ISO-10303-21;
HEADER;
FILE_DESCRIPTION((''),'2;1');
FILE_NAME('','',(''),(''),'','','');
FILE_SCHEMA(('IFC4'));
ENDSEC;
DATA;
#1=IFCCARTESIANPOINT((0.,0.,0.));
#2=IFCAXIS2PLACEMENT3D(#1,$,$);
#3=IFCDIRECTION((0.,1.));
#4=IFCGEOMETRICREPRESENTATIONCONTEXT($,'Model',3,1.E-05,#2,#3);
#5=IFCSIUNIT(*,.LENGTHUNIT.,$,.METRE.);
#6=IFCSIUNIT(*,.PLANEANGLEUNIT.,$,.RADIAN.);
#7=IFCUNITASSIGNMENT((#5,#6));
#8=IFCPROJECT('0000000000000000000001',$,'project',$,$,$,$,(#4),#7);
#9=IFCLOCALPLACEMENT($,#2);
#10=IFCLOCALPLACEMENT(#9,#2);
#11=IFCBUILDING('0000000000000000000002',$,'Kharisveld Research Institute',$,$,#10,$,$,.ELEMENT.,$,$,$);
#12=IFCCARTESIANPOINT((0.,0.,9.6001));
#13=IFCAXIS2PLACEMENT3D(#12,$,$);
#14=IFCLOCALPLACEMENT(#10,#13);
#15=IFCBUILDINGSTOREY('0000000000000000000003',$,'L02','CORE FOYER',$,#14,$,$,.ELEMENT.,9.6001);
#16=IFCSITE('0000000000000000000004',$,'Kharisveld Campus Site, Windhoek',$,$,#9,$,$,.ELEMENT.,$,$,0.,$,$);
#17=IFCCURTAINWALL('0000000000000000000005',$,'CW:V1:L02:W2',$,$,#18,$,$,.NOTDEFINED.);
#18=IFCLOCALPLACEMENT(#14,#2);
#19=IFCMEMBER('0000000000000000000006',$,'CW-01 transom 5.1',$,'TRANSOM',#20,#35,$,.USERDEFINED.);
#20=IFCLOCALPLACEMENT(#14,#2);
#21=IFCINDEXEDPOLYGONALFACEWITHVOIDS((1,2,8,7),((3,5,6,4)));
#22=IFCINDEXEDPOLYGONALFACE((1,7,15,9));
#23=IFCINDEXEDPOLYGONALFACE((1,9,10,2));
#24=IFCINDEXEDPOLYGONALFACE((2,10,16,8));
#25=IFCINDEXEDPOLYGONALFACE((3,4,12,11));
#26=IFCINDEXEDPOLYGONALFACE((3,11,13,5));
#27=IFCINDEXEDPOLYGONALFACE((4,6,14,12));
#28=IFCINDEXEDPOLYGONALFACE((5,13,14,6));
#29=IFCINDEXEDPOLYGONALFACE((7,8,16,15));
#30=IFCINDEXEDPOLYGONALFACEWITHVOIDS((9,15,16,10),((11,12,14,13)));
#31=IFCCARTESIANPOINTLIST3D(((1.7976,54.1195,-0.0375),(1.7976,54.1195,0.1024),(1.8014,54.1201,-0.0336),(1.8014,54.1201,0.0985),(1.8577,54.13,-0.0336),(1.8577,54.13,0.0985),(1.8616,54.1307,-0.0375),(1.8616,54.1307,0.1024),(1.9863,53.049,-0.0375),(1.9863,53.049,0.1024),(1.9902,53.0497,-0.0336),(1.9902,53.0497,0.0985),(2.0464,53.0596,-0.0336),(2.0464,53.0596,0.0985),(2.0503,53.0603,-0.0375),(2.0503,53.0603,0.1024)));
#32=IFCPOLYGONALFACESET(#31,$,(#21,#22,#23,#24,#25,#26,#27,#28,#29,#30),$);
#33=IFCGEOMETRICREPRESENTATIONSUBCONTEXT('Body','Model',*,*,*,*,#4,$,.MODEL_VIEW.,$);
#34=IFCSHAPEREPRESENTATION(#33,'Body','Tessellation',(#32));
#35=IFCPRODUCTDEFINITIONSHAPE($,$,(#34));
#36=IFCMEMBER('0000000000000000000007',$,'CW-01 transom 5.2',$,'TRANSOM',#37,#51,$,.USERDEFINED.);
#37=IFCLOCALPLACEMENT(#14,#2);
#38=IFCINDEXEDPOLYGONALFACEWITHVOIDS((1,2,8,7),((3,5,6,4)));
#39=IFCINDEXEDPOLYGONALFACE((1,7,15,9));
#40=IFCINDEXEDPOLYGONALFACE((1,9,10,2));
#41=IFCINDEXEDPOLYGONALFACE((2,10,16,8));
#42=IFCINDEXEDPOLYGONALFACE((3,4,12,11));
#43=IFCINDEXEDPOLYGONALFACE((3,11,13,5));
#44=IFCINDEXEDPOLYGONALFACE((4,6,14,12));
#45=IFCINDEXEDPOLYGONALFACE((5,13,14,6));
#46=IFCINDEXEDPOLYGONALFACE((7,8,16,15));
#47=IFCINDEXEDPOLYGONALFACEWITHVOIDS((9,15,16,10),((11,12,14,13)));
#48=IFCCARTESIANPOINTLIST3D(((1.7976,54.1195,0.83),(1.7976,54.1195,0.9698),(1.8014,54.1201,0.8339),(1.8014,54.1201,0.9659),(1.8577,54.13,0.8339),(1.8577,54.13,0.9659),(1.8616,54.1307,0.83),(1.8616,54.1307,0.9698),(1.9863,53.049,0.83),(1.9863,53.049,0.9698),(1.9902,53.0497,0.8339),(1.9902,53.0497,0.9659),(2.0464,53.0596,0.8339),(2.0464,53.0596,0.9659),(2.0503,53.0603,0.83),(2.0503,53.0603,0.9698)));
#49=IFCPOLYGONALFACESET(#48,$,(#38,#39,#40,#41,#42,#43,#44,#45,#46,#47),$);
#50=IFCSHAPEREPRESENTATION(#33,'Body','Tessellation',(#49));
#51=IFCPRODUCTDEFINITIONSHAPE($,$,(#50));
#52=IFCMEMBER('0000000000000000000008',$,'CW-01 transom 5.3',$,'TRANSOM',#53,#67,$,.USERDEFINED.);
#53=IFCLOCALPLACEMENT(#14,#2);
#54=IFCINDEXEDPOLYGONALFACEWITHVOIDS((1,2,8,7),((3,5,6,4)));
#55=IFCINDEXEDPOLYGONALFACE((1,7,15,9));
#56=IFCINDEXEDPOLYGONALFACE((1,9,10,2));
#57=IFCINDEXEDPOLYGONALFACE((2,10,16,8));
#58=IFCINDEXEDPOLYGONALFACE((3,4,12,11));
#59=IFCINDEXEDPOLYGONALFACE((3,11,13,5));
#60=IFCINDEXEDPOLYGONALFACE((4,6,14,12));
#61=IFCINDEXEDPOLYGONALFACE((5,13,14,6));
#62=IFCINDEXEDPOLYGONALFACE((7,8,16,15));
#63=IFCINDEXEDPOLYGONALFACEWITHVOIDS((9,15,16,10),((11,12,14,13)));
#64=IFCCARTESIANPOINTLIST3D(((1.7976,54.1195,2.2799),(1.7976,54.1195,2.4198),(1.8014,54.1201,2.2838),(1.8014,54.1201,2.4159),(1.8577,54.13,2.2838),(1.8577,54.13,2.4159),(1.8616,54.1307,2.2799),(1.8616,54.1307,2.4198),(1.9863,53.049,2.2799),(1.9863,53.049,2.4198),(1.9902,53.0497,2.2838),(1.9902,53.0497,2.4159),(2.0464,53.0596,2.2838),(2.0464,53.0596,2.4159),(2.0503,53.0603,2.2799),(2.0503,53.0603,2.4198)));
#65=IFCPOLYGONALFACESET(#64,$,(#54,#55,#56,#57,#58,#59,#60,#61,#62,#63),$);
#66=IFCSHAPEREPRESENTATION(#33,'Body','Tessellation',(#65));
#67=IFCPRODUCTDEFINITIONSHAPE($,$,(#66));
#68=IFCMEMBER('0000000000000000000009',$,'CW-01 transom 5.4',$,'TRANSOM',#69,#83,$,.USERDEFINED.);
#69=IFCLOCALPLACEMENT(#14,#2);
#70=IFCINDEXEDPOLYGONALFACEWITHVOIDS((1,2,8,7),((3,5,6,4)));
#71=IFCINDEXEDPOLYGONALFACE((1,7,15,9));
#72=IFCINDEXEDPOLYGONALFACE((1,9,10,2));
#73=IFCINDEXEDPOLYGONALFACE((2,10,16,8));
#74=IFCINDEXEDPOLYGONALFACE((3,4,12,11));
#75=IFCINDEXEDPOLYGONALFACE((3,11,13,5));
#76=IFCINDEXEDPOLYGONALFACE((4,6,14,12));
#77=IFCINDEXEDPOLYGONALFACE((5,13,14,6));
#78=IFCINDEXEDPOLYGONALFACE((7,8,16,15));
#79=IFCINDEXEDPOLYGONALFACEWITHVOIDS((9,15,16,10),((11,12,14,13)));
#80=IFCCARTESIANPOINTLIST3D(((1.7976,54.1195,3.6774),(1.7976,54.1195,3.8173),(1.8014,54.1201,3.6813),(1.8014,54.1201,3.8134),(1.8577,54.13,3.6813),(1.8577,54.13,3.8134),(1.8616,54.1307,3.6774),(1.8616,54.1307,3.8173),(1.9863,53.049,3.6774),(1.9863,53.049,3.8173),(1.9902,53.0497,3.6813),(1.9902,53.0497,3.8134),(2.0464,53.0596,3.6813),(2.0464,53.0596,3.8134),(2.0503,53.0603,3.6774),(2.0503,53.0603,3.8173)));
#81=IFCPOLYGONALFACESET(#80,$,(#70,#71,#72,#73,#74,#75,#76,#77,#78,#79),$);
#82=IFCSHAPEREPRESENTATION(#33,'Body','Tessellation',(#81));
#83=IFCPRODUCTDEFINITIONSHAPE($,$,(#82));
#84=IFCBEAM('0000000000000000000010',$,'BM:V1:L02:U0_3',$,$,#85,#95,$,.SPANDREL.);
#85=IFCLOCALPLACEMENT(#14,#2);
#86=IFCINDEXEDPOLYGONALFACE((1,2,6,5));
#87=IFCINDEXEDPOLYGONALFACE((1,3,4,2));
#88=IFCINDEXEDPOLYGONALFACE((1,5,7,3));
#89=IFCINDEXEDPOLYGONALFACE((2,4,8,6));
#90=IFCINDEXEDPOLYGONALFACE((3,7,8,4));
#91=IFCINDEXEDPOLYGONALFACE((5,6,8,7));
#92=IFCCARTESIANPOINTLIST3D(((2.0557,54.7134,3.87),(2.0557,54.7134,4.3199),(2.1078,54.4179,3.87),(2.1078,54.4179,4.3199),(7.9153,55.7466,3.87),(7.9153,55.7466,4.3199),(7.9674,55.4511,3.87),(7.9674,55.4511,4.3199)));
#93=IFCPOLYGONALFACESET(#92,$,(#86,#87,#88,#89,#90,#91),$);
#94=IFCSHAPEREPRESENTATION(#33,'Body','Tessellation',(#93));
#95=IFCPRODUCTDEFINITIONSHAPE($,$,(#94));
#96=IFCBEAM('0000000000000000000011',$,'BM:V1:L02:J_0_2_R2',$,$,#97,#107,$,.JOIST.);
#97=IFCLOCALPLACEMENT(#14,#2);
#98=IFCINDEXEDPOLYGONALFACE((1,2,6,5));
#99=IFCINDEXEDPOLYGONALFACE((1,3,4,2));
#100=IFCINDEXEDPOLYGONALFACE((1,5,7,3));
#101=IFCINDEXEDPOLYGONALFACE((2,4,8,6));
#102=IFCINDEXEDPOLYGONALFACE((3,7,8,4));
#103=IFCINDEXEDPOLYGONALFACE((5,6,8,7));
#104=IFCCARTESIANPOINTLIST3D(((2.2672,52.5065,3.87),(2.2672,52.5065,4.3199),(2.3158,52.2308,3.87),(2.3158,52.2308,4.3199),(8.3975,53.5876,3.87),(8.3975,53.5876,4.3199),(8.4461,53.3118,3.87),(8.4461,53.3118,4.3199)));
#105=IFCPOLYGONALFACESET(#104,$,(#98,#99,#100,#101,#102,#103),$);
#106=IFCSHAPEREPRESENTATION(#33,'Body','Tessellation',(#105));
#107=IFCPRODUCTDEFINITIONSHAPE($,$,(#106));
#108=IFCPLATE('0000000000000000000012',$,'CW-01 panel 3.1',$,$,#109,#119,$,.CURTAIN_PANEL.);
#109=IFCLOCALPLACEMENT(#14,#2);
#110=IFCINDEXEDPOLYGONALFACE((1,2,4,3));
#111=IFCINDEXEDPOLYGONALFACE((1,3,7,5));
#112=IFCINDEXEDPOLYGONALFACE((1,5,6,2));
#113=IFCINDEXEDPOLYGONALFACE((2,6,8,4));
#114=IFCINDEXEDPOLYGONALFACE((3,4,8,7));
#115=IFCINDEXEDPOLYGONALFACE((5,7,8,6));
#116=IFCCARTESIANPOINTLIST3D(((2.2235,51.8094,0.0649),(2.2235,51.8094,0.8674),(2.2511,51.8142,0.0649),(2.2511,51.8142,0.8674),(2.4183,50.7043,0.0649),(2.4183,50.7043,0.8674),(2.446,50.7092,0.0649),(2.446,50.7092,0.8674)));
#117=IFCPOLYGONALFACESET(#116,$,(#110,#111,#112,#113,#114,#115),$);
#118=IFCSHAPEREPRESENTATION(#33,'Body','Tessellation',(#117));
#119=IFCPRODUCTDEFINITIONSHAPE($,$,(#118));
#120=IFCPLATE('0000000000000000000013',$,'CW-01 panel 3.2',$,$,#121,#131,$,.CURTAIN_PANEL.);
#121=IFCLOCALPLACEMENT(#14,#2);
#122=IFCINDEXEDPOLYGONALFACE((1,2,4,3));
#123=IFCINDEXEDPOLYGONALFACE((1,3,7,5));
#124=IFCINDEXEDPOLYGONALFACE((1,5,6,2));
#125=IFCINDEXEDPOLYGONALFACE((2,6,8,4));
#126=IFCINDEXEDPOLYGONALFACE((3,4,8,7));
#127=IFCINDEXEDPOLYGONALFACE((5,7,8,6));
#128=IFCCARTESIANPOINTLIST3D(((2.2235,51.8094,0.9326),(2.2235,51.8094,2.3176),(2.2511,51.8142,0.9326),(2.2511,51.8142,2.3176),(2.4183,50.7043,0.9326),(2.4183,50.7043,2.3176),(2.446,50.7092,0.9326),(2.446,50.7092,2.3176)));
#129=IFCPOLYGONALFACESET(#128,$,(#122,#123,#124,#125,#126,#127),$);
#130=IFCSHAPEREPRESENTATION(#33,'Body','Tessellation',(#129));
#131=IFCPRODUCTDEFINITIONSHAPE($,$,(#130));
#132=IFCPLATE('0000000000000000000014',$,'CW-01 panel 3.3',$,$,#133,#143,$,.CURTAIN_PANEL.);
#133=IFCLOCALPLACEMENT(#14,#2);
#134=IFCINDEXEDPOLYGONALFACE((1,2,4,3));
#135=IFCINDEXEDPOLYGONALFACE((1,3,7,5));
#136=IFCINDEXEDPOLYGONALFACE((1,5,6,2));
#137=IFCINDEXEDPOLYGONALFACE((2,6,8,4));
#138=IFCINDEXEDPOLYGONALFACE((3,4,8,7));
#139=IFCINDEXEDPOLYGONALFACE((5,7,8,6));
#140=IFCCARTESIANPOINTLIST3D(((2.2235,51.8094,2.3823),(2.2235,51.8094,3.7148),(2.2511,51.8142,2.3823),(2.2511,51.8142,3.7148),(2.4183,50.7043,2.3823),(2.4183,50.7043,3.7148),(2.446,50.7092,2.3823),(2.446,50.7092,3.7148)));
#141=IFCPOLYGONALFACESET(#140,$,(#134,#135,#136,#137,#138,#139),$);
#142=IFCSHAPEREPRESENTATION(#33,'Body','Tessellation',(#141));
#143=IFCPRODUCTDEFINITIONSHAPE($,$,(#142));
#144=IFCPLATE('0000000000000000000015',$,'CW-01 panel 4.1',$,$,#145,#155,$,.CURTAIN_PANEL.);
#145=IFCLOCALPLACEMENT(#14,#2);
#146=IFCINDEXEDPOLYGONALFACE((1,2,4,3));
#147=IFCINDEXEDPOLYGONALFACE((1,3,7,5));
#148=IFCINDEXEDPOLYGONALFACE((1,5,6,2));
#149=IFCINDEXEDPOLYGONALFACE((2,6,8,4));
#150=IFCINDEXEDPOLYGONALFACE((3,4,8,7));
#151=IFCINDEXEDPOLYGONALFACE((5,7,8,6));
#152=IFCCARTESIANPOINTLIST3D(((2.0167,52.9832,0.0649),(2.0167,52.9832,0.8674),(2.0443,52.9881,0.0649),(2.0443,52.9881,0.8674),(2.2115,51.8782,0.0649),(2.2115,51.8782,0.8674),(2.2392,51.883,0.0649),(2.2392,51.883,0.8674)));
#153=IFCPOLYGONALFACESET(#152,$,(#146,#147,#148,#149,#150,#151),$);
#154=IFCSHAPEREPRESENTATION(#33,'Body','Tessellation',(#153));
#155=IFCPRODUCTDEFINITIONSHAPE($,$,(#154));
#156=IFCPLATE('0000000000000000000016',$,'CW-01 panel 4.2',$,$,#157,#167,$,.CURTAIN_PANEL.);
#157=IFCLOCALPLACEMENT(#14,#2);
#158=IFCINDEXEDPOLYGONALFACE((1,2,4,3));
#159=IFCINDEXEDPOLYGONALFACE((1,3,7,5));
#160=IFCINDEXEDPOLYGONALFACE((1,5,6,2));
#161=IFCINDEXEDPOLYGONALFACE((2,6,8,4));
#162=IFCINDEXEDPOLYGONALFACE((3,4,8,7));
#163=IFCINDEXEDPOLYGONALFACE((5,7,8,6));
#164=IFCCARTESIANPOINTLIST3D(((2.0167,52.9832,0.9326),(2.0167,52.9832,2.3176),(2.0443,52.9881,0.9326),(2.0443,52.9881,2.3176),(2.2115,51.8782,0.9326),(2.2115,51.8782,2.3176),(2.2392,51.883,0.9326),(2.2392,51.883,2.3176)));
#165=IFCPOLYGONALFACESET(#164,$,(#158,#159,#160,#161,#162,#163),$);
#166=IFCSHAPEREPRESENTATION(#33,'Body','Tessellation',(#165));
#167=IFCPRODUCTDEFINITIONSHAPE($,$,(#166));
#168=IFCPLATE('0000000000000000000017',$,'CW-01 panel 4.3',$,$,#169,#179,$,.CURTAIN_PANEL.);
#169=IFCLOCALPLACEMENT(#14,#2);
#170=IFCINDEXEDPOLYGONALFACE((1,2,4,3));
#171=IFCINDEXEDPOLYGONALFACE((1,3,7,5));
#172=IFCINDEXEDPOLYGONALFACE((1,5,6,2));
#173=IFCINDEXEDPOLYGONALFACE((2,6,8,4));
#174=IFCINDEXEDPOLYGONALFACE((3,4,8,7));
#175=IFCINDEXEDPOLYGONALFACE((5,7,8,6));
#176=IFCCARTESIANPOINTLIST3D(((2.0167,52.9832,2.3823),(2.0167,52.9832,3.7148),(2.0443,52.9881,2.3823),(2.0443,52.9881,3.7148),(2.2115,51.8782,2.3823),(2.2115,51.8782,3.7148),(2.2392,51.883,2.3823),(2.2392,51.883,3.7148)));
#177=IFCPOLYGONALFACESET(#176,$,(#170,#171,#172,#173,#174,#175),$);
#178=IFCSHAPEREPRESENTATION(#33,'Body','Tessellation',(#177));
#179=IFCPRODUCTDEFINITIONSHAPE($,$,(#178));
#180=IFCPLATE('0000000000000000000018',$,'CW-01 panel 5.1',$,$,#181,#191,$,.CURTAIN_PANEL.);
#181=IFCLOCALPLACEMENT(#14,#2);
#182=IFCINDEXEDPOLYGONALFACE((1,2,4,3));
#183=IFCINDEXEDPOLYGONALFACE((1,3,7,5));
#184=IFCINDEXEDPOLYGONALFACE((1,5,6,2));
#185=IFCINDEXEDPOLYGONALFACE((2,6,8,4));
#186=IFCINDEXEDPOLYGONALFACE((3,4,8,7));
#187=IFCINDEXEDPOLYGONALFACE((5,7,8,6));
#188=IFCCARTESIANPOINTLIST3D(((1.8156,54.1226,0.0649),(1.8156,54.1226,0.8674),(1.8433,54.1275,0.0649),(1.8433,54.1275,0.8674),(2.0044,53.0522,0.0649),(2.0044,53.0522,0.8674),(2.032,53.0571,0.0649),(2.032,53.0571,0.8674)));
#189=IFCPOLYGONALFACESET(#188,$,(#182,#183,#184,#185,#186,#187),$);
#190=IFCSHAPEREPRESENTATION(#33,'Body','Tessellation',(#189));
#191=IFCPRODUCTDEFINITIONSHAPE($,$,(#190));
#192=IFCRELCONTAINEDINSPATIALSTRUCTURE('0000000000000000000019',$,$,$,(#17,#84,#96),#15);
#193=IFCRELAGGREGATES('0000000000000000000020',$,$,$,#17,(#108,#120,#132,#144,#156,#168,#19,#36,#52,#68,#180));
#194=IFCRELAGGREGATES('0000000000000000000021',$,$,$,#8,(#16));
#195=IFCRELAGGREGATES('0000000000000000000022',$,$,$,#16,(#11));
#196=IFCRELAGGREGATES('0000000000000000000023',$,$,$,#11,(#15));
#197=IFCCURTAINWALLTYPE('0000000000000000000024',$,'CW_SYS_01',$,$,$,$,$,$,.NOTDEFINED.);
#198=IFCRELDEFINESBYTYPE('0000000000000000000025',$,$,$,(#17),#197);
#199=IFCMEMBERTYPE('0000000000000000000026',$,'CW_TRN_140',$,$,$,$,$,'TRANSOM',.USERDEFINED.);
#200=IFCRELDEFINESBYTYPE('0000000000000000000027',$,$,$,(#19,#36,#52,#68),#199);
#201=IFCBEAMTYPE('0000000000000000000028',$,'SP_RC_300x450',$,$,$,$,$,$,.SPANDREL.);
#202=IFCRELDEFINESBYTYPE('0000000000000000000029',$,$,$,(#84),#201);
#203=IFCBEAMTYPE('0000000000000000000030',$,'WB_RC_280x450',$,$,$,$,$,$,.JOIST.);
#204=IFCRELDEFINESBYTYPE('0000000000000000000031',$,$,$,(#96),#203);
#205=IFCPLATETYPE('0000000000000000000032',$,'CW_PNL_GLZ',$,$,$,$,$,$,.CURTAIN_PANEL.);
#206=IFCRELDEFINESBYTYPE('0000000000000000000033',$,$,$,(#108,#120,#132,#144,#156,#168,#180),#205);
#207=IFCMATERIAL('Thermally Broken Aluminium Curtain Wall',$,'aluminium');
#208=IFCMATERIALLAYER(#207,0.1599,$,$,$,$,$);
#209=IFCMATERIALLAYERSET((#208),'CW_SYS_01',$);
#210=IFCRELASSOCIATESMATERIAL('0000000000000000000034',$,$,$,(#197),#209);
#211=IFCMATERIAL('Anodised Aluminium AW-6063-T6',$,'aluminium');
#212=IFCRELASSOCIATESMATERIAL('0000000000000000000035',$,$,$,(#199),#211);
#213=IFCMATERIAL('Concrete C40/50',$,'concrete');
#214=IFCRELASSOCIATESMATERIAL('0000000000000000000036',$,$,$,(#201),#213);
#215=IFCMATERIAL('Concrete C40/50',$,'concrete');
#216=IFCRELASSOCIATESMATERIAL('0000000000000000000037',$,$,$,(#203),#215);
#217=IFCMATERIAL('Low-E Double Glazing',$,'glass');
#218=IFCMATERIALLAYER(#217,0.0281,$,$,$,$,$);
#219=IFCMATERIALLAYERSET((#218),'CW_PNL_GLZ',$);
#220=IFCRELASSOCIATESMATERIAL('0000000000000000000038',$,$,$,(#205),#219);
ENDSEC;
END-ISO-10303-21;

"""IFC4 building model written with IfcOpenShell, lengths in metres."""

from ifc_helpers import new_model, si_unit, direction, frame, origin, origin_2d, place, context, subcontext, project, spatial, rectangle, hollow_rectangle, extrude, material, layer, layer_set, material_profile, profile_set, type_object, element, aggregate, save


model = new_model("IFC4")

# Units and contexts
model_context = context("Model", 3, precision=1e-05, world=origin(), true_north=direction((0.0, 1.0)))
body_context = subcontext(model_context, "Body", "Model", "MODEL_VIEW")
ifc_project = project(units=[si_unit("LENGTHUNIT", "METRE"), si_unit("PLANEANGLEUNIT", "RADIAN")], contexts=[model_context])

# Site, building, storey
site_placement = place(None, origin())
site = spatial("IfcSite", under=ifc_project, at=site_placement, Name="Kharisveld Campus Site, Windhoek", CompositionType="ELEMENT", RefElevation=0.0)
building_placement = place(site_placement, origin())
building = spatial("IfcBuilding", under=site, at=building_placement, Name="Kharisveld Research Institute", CompositionType="ELEMENT")
storey_placement = place(building_placement, frame((0.0, 0.0, 9.6001)))
storey = spatial("IfcBuildingStorey", under=building, at=storey_placement, Name="L02", Description="CORE FOYER", CompositionType="ELEMENT", Elevation=9.6001)

# Curtain wall, members
ifc_material_1 = material(Name="Thermally Broken Aluminium Curtain Wall", Category="aluminium")
ifc_layer_1 = layer(ifc_material_1, 0.1599)
ifc_layer_set_1 = layer_set([ifc_layer_1], Name="CW_SYS_01")
curtain_wall_type = type_object("IfcCurtainWallType", Name="CW_SYS_01", PredefinedType="NOTDEFINED", material=ifc_layer_set_1)
curtain_wall_placement = place(storey_placement, origin())
curtain_wall = element("IfcCurtainWall", 1, at=curtain_wall_placement, inside=storey, type_object=curtain_wall_type, Name="CW:V1:L02:W2", PredefinedType="NOTDEFINED")
ifc_material_2 = material(Name="Anodised Aluminium AW-6063-T6", Category="aluminium")
ifc_material_profile_1 = material_profile(ifc_material_2, hollow_rectangle(XDim=0.0649, YDim=0.1399, WallThickness=0.0039, at=origin_2d()))
ifc_profile_set_1 = profile_set([ifc_material_profile_1], Name="Anodised Aluminium AW-6063-T6")
member_type_1 = type_object("IfcMemberType", Name="CW_TRN_140", ElementType="TRANSOM", PredefinedType="USERDEFINED", material=ifc_profile_set_1)
member_1_placement = place(storey_placement, frame((2.0183, 53.0547, 0.0325), z_axis=(-0.173644, 0.984808, 0.0), x_axis=(-0.984808, -0.173644, 0.0)))
member_1 = element("IfcMember", 2, at=member_1_placement, type_object=member_type_1, Name="CW-01 transom 5.1", ObjectType="TRANSOM", PredefinedType="USERDEFINED", context=body_context, shape_type="SweptSolid", body=[
    extrude(hollow_rectangle(XDim=0.0649, YDim=0.1399, WallThickness=0.0039, at=origin_2d()), origin(), (0.0, 0.0, 1.0), 1.0869),
])
member_2_placement = place(storey_placement, frame((2.0183, 53.0547, 0.8999), z_axis=(-0.173644, 0.984808, 0.0), x_axis=(-0.984808, -0.173644, 0.0)))
member_2 = element("IfcMember", 3, at=member_2_placement, type_object=member_type_1, Name="CW-01 transom 5.2", ObjectType="TRANSOM", PredefinedType="USERDEFINED", context=body_context, shape_type="SweptSolid", body=[
    extrude(hollow_rectangle(XDim=0.0649, YDim=0.1399, WallThickness=0.0039, at=origin_2d()), origin(), (0.0, 0.0, 1.0), 1.0869),
])
member_3_placement = place(storey_placement, frame((2.0183, 53.0547, 2.3499), z_axis=(-0.173644, 0.984808, 0.0), x_axis=(-0.984808, -0.173644, 0.0)))
member_3 = element("IfcMember", 4, at=member_3_placement, type_object=member_type_1, Name="CW-01 transom 5.3", ObjectType="TRANSOM", PredefinedType="USERDEFINED", context=body_context, shape_type="SweptSolid", body=[
    extrude(hollow_rectangle(XDim=0.0649, YDim=0.1399, WallThickness=0.0039, at=origin_2d()), origin(), (0.0, 0.0, 1.0), 1.0869),
])
member_4_placement = place(storey_placement, frame((2.0183, 53.0547, 3.7473), z_axis=(-0.173644, 0.984808, 0.0), x_axis=(-0.984808, -0.173644, 0.0)))
member_4 = element("IfcMember", 5, at=member_4_placement, type_object=member_type_1, Name="CW-01 transom 5.4", ObjectType="TRANSOM", PredefinedType="USERDEFINED", context=body_context, shape_type="SweptSolid", body=[
    extrude(hollow_rectangle(XDim=0.0649, YDim=0.1399, WallThickness=0.0039, at=origin_2d()), origin(), (0.0, 0.0, 1.0), 1.0869),
])

# Beams
ifc_material_3 = material(Name="Concrete C40/50", Category="concrete")
ifc_material_profile_2 = material_profile(ifc_material_3, rectangle(XDim=0.3, YDim=0.45, at=origin_2d()))
ifc_profile_set_2 = profile_set([ifc_material_profile_2], Name="Concrete C40/50")
beam_type_1 = type_object("IfcBeamType", Name="SP_RC_300x450", PredefinedType="SPANDREL", material=ifc_profile_set_2)
beam_1_placement = place(storey_placement, frame((2.0818, 54.5657, 4.095), z_axis=(0.984808, 0.173647, 0.0), x_axis=(-0.173647, 0.984808, 0.0)))
element("IfcBeam", 6, at=beam_1_placement, inside=storey, type_object=beam_type_1, Name="BM:V1:L02:U0_3", PredefinedType="SPANDREL", context=body_context, shape_type="SweptSolid", body=[
    extrude(rectangle(XDim=0.3, YDim=0.45, at=origin_2d()), origin(), (0.0, 0.0, 1.0), 5.95),
])
ifc_material_4 = material(Name="Concrete C40/50", Category="concrete")
ifc_material_profile_3 = material_profile(ifc_material_4, rectangle(XDim=0.28, YDim=0.45, at=origin_2d()))
ifc_profile_set_3 = profile_set([ifc_material_profile_3], Name="Concrete C40/50")
beam_type_2 = type_object("IfcBeamType", Name="WB_RC_280x450", PredefinedType="JOIST", material=ifc_profile_set_3)
beam_2_placement = place(storey_placement, frame((2.2915, 52.3687, 4.095), z_axis=(0.984805, 0.173665, 0.0), x_axis=(-0.173665, 0.984805, 0.0)))
element("IfcBeam", 7, at=beam_2_placement, inside=storey, type_object=beam_type_2, Name="BM:V1:L02:J_0_2_R2", PredefinedType="JOIST", context=body_context, shape_type="SweptSolid", body=[
    extrude(rectangle(XDim=0.28, YDim=0.45, at=origin_2d()), origin(), (0.0, 0.0, 1.0), 6.2249),
])

# Plates
ifc_material_5 = material(Name="Low-E Double Glazing", Category="glass")
ifc_layer_2 = layer(ifc_material_5, 0.0281)
ifc_layer_set_2 = layer_set([ifc_layer_2], Name="CW_PNL_GLZ")
plate_type = type_object("IfcPlateType", Name="CW_PNL_GLZ", PredefinedType="CURTAIN_PANEL", material=ifc_layer_set_2)
plate_1_placement = place(storey_placement, frame((2.3347, 51.2593, 0.0649), z_axis=(0.0, 0.0, 1.0), x_axis=(-0.173648, 0.984808, 0.0)))
plate_1 = element("IfcPlate", 8, at=plate_1_placement, type_object=plate_type, Name="CW-01 panel 3.1", PredefinedType="CURTAIN_PANEL", context=body_context, shape_type="SweptSolid", body=[
    extrude(rectangle(XDim=1.1221, YDim=0.0281, at=origin_2d()), origin(), (0.0, 0.0, 1.0), 0.8025),
])
plate_2_placement = place(storey_placement, frame((2.3347, 51.2593, 0.9326), z_axis=(0.0, 0.0, 1.0), x_axis=(-0.173648, 0.984808, 0.0)))
plate_2 = element("IfcPlate", 9, at=plate_2_placement, type_object=plate_type, Name="CW-01 panel 3.2", PredefinedType="CURTAIN_PANEL", context=body_context, shape_type="SweptSolid", body=[
    extrude(rectangle(XDim=1.1221, YDim=0.0281, at=origin_2d()), origin(), (0.0, 0.0, 1.0), 1.385),
])
plate_3_placement = place(storey_placement, frame((2.3347, 51.2593, 2.3823), z_axis=(0.0, 0.0, 1.0), x_axis=(-0.173648, 0.984808, 0.0)))
plate_3 = element("IfcPlate", 10, at=plate_3_placement, type_object=plate_type, Name="CW-01 panel 3.3", PredefinedType="CURTAIN_PANEL", context=body_context, shape_type="SweptSolid", body=[
    extrude(rectangle(XDim=1.1221, YDim=0.0281, at=origin_2d()), origin(), (0.0, 0.0, 1.0), 1.3325),
])
plate_4_placement = place(storey_placement, frame((2.1279, 52.4331, 0.0649), z_axis=(0.0, 0.0, 1.0), x_axis=(-0.173648, 0.984808, 0.0)))
plate_4 = element("IfcPlate", 11, at=plate_4_placement, type_object=plate_type, Name="CW-01 panel 4.1", PredefinedType="CURTAIN_PANEL", context=body_context, shape_type="SweptSolid", body=[
    extrude(rectangle(XDim=1.1221, YDim=0.0281, at=origin_2d()), origin(), (0.0, 0.0, 1.0), 0.8025),
])
plate_5_placement = place(storey_placement, frame((2.1279, 52.4331, 0.9326), z_axis=(0.0, 0.0, 1.0), x_axis=(-0.173648, 0.984808, 0.0)))
plate_5 = element("IfcPlate", 12, at=plate_5_placement, type_object=plate_type, Name="CW-01 panel 4.2", PredefinedType="CURTAIN_PANEL", context=body_context, shape_type="SweptSolid", body=[
    extrude(rectangle(XDim=1.1221, YDim=0.0281, at=origin_2d()), origin(), (0.0, 0.0, 1.0), 1.385),
])
plate_6_placement = place(storey_placement, frame((2.1279, 52.4331, 2.3823), z_axis=(0.0, 0.0, 1.0), x_axis=(-0.173648, 0.984808, 0.0)))
plate_6 = element("IfcPlate", 13, at=plate_6_placement, type_object=plate_type, Name="CW-01 panel 4.3", PredefinedType="CURTAIN_PANEL", context=body_context, shape_type="SweptSolid", body=[
    extrude(rectangle(XDim=1.1221, YDim=0.0281, at=origin_2d()), origin(), (0.0, 0.0, 1.0), 1.3325),
])
plate_7_placement = place(storey_placement, frame((1.9238, 53.5898, 0.0649), z_axis=(0.0, 0.0, 1.0), x_axis=(-0.173648, 0.984808, 0.0)))
plate_7 = element("IfcPlate", 14, at=plate_7_placement, type_object=plate_type, Name="CW-01 panel 5.1", PredefinedType="CURTAIN_PANEL", context=body_context, shape_type="SweptSolid", body=[
    extrude(rectangle(XDim=1.0869, YDim=0.0281, at=origin_2d()), origin(), (0.0, 0.0, 1.0), 0.8025),
])
aggregate(curtain_wall, [plate_1, plate_2, plate_3, plate_4, plate_5, plate_6, member_1, member_2, member_3, member_4, plate_7])

save(model, "model.ifc")
